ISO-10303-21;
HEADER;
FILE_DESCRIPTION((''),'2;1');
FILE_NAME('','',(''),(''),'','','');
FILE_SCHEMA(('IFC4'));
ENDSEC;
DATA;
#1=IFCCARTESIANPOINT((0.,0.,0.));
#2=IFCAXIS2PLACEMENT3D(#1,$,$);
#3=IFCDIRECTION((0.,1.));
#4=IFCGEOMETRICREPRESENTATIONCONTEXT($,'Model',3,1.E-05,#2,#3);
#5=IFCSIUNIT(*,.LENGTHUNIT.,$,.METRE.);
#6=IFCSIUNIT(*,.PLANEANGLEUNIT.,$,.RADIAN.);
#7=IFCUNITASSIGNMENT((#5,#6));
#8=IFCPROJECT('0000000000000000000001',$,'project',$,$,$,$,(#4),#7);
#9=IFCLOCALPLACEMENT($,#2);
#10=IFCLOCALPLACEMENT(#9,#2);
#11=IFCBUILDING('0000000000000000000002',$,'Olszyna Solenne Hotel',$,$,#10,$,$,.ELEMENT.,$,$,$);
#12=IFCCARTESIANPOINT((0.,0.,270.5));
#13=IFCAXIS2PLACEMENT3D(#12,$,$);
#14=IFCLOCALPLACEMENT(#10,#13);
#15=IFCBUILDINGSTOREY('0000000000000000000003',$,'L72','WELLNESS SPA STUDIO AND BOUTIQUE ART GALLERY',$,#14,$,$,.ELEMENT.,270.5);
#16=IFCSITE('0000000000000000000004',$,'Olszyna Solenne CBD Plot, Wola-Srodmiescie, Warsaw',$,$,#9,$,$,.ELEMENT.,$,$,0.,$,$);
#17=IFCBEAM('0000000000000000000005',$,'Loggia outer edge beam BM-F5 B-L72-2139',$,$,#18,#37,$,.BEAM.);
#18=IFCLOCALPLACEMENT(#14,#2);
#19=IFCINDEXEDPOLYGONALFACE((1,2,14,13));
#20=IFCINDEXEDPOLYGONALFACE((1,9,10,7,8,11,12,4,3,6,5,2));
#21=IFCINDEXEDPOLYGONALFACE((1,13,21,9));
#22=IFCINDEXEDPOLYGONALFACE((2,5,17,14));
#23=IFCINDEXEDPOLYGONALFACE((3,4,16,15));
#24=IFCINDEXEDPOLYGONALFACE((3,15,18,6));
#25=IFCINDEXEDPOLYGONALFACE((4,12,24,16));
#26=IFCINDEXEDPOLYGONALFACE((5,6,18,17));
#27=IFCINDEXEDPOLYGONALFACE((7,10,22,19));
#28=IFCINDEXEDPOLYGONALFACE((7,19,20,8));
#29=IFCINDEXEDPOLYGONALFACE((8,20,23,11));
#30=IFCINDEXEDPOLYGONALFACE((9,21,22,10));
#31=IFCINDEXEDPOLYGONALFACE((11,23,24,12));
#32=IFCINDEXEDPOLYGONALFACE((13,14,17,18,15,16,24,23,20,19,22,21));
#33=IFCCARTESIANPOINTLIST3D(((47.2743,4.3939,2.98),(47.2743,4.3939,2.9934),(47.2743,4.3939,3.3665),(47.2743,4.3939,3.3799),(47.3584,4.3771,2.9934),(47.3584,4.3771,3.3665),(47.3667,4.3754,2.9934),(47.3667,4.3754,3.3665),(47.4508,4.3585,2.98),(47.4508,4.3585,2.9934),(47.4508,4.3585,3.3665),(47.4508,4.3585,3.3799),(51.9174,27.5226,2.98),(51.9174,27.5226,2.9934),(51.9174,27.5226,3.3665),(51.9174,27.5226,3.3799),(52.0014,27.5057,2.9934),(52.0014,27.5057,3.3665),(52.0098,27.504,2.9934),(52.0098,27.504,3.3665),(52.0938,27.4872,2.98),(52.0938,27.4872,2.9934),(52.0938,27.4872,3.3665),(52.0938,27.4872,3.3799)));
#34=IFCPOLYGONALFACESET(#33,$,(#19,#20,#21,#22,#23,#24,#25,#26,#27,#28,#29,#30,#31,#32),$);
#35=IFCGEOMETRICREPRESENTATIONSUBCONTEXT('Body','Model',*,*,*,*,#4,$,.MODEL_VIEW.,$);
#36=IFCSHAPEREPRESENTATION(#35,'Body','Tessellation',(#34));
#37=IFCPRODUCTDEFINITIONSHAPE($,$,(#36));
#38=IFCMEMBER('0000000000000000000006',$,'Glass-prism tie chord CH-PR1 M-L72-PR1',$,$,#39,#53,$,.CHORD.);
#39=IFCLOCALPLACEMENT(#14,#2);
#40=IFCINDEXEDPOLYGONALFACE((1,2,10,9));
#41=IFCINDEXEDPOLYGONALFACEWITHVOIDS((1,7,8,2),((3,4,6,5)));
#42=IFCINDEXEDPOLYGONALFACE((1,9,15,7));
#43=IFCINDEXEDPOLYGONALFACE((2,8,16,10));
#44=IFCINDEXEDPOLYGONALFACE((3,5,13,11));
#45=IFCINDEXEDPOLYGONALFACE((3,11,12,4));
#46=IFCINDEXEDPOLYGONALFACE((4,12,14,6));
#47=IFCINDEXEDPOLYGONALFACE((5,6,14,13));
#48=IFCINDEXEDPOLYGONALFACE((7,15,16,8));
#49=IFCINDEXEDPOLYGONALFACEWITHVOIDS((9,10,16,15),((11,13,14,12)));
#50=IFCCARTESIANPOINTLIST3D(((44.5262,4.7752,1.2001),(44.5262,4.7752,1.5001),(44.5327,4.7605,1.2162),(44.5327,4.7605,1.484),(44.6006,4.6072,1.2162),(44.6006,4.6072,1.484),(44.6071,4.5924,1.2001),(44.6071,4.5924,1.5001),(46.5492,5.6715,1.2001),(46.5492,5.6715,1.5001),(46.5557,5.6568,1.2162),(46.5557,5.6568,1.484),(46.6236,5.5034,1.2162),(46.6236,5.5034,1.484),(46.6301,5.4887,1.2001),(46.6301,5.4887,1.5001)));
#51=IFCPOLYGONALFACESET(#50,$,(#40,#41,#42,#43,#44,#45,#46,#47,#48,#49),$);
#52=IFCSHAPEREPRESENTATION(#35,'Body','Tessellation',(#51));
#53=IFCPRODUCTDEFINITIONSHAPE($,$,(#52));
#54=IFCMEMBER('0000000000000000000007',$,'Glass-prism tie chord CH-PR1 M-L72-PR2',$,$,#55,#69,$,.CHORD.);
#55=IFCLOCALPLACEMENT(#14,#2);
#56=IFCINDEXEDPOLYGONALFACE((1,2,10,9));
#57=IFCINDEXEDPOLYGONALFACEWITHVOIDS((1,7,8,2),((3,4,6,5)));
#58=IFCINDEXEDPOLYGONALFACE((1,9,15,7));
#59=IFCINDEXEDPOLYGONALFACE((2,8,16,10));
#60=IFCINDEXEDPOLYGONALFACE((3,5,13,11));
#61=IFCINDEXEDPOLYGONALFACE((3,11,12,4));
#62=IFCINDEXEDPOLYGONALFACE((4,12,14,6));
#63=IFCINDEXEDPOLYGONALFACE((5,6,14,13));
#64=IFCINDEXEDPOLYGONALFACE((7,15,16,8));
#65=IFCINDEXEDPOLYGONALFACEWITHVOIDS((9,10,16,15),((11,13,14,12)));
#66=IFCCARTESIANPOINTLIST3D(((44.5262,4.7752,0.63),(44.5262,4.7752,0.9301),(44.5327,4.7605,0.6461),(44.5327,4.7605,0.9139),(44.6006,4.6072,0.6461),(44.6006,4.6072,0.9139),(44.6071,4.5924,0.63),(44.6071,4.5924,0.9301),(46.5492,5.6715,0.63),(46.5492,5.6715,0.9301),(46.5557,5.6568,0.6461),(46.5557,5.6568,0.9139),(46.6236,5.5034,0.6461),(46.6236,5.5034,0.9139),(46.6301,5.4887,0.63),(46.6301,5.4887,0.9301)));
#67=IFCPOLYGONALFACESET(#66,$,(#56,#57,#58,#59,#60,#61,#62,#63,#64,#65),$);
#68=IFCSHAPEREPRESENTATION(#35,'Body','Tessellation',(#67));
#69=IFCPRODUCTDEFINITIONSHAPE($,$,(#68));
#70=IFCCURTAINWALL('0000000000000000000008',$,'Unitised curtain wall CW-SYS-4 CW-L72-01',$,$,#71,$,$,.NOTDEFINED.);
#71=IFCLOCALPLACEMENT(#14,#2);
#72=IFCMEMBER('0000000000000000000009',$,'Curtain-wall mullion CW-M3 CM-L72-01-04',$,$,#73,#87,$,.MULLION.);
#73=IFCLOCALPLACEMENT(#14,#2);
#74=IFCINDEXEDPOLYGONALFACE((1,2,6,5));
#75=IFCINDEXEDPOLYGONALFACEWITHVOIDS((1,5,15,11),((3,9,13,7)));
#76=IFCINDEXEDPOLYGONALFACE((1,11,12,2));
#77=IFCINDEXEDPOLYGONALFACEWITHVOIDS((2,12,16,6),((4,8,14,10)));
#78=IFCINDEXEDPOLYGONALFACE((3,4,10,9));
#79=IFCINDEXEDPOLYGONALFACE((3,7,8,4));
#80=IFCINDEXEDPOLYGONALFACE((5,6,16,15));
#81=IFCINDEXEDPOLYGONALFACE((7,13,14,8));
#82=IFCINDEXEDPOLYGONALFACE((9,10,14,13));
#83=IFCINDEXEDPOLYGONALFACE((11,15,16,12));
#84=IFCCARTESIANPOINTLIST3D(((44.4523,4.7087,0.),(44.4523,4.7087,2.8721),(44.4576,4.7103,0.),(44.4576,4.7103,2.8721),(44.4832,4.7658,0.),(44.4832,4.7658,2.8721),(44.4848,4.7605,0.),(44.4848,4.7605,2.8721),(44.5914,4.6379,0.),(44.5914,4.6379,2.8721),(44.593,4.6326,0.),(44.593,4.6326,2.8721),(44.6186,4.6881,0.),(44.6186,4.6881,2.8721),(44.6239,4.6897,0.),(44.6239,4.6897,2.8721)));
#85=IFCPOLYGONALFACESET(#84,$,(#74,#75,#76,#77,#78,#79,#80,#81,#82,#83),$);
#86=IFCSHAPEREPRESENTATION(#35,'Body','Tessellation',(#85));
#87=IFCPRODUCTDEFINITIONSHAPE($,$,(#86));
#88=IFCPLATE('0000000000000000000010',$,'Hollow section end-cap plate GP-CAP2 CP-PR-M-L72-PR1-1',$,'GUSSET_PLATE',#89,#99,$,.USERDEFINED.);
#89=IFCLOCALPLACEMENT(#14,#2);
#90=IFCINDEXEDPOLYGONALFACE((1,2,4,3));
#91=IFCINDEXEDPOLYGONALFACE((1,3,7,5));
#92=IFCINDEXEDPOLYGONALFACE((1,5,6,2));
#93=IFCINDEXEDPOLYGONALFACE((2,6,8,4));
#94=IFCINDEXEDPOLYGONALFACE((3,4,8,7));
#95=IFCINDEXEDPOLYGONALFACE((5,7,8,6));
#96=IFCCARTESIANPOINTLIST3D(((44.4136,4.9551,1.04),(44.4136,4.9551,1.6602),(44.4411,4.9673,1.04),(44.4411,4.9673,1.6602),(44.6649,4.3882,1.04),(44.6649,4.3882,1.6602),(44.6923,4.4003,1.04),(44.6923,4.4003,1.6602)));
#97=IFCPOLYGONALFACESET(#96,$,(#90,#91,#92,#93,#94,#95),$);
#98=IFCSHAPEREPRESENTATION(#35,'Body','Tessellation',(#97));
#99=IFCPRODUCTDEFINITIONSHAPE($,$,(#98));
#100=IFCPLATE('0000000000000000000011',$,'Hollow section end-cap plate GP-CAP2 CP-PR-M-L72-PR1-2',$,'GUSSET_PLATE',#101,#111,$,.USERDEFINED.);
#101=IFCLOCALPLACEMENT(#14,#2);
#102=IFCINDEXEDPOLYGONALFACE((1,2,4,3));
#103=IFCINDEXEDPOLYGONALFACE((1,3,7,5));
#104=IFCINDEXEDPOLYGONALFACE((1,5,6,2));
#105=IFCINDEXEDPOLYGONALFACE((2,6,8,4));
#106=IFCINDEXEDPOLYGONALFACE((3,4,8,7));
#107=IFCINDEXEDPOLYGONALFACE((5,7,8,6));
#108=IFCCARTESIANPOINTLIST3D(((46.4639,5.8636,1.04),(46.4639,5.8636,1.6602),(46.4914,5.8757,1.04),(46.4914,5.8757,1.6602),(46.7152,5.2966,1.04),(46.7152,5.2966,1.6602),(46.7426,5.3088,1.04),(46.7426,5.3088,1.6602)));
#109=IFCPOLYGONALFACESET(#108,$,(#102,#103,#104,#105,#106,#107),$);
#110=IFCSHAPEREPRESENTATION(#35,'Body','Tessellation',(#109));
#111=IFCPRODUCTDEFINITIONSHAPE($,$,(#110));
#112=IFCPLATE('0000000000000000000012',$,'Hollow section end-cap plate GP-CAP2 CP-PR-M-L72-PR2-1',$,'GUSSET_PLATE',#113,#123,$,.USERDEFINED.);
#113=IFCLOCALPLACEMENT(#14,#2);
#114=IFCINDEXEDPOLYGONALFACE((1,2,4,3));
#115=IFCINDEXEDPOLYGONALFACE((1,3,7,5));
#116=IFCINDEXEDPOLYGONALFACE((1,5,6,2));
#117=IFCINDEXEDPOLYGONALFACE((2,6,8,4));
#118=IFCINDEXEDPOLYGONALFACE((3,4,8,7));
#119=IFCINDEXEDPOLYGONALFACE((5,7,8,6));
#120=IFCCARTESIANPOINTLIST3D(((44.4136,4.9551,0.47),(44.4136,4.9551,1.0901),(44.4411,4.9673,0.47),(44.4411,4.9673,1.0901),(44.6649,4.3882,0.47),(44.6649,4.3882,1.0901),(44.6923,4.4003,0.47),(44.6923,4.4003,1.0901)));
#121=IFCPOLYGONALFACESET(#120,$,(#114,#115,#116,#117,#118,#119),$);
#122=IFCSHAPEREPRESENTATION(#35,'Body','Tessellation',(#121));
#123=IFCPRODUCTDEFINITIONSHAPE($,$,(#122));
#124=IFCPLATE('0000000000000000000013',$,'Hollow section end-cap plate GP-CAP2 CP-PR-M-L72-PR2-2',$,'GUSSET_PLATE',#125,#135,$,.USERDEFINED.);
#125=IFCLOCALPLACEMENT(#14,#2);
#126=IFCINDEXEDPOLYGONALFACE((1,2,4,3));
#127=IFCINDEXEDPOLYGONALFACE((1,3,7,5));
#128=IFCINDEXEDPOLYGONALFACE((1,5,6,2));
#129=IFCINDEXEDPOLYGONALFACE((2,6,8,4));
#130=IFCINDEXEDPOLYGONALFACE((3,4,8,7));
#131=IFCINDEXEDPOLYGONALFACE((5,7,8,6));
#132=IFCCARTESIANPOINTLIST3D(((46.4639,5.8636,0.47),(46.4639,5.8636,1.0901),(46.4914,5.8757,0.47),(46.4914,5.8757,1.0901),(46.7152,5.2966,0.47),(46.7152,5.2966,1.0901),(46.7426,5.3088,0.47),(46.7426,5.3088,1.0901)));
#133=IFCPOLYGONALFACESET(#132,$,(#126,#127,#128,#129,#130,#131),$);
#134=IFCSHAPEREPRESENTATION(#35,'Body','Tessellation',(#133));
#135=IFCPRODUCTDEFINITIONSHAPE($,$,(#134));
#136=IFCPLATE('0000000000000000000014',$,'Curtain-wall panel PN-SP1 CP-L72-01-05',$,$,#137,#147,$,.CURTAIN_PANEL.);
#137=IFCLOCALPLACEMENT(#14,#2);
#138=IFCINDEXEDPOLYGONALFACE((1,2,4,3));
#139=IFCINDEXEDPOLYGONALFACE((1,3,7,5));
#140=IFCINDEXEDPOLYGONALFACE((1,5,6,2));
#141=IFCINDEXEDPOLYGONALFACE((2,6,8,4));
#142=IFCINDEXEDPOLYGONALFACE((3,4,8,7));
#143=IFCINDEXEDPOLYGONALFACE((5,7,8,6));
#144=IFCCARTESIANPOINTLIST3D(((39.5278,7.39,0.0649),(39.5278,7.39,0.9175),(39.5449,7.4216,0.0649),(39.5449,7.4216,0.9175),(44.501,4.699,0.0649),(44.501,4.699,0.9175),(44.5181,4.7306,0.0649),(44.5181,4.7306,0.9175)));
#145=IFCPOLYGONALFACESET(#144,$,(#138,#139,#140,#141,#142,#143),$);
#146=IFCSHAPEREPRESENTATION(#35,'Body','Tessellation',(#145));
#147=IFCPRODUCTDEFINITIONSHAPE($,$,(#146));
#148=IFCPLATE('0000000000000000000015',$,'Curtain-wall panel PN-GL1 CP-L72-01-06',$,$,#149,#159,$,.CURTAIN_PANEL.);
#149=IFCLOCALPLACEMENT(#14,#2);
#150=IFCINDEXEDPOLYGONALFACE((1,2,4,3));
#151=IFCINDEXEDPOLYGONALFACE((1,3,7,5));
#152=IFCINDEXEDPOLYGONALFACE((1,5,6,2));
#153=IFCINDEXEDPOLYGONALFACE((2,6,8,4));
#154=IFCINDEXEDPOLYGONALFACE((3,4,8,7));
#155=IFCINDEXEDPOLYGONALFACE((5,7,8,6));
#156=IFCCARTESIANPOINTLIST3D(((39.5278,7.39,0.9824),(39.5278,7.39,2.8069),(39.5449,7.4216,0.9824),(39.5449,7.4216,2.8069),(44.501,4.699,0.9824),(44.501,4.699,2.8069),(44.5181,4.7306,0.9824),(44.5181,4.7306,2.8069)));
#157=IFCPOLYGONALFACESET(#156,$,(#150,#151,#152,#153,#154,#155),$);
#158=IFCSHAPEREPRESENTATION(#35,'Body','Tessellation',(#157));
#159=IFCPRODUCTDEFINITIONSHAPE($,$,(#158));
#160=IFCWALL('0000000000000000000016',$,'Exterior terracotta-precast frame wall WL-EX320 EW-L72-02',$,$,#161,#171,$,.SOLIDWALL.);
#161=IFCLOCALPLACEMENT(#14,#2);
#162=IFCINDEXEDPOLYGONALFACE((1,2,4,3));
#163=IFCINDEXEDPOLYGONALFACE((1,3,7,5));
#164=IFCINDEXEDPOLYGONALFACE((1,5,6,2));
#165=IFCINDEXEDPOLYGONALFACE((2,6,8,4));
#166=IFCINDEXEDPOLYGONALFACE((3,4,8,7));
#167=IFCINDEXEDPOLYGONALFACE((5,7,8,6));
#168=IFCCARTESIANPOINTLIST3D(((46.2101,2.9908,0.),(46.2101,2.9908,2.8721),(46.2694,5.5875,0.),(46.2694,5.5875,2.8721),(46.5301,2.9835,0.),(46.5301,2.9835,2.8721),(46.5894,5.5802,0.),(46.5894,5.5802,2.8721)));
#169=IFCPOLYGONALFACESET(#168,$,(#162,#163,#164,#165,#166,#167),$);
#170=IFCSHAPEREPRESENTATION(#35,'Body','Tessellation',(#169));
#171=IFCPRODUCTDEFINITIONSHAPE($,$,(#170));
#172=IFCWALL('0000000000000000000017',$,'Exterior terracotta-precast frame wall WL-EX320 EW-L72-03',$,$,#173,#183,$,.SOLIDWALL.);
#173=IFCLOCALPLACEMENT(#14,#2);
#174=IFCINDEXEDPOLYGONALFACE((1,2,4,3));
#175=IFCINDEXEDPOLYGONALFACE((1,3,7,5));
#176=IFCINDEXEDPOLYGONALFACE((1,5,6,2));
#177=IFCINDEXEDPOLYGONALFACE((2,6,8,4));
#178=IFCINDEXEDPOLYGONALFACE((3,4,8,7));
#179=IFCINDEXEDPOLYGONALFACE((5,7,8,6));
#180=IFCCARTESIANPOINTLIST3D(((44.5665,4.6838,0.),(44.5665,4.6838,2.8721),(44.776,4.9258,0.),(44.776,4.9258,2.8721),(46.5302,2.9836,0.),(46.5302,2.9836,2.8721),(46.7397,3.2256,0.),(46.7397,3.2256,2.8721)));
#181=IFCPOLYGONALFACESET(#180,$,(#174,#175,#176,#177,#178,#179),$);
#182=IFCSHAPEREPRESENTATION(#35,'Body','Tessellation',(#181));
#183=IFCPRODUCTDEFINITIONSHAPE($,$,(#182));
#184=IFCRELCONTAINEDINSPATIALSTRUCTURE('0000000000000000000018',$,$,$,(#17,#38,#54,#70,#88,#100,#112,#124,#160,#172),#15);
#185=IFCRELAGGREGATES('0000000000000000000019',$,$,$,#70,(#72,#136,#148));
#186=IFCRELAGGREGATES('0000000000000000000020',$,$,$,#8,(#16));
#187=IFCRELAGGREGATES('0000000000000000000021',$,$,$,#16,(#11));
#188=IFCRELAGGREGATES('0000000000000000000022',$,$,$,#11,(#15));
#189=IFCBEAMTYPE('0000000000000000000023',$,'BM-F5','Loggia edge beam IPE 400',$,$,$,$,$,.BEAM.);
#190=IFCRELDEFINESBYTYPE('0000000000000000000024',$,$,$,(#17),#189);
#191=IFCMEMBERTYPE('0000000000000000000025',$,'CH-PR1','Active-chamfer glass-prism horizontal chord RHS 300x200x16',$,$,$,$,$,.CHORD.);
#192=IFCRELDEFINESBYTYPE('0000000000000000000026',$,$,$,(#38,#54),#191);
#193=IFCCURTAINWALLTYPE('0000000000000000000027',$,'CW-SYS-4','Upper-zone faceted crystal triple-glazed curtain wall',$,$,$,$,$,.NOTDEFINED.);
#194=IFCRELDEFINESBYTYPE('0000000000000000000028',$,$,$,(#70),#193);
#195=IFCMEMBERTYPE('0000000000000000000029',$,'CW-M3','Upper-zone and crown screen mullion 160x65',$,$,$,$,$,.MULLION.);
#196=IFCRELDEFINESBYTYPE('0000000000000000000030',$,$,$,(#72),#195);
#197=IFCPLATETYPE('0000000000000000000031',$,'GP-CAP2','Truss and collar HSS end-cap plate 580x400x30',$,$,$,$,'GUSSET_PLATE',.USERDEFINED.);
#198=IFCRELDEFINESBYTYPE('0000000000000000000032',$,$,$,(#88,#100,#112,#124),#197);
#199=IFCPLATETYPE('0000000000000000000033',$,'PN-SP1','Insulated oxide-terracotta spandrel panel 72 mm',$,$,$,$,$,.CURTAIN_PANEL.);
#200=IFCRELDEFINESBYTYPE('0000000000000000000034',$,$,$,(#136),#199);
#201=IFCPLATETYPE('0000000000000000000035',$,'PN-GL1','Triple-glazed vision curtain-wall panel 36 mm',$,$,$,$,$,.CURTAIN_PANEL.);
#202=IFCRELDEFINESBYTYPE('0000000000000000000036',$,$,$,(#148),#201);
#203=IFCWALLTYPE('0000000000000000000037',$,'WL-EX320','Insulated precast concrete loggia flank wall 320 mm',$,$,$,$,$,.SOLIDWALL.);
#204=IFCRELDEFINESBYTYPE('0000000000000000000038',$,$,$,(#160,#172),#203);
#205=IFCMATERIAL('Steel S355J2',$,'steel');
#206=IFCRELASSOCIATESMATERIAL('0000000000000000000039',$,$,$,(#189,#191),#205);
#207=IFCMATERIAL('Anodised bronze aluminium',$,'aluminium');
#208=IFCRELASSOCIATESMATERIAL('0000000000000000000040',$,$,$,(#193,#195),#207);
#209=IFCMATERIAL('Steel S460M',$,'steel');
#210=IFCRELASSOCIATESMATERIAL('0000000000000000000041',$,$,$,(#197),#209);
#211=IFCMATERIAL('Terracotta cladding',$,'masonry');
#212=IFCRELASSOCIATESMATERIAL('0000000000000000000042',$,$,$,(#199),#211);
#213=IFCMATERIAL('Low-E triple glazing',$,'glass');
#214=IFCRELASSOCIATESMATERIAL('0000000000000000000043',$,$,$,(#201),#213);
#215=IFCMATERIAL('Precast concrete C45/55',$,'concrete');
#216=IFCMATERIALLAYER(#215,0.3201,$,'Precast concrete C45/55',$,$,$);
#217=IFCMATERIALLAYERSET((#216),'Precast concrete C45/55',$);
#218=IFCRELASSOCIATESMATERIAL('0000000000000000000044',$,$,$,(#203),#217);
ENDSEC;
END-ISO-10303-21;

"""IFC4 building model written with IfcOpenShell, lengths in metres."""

from ifc_helpers import new_model, si_unit, direction, frame, frame_2d, origin, origin_2d, place, context, subcontext, project, spatial, rectangle, hollow_rectangle, i_section, extrude, source, transform, mapped, material, layer, layer_set, material_profile, profile_set, type_object, element, aggregate, save


model = new_model("IFC4")

# Units and contexts
model_context = context("Model", 3, precision=1e-05, world=origin(), true_north=direction((0.0, 1.0)))
body_context = subcontext(model_context, "Body", "Model", "MODEL_VIEW")
ifc_project = project(units=[si_unit("LENGTHUNIT", "METRE"), si_unit("PLANEANGLEUNIT", "RADIAN")], contexts=[model_context])

# Site, building, storey
site_placement = place(None, origin())
site = spatial("IfcSite", under=ifc_project, at=site_placement, Name="Olszyna Solenne CBD Plot, Wola-Srodmiescie, Warsaw", CompositionType="ELEMENT", RefElevation=0.0)
building_placement = place(site_placement, origin())
building = spatial("IfcBuilding", under=site, at=building_placement, Name="Olszyna Solenne Hotel", CompositionType="ELEMENT")
storey_placement = place(building_placement, frame((0.0, 0.0, 270.5)))
storey = spatial("IfcBuildingStorey", under=building, at=storey_placement, Name="L72", Description="WELLNESS SPA STUDIO AND BOUTIQUE ART GALLERY", CompositionType="ELEMENT", Elevation=270.5)

# Shared definitions
ifc_material_1 = material(Name="Steel S460M", Category="steel")

# Beam
ifc_material_2 = material(Name="Steel S355J2", Category="steel")
ifc_material_profile_1 = material_profile(ifc_material_2, i_section(OverallWidth=0.1799, OverallDepth=0.3999, WebThickness=0.0085, FlangeThickness=0.0134, at=origin_2d()), Name="IPE 400", Category="load-bearing")
ifc_profile_set_1 = profile_set([ifc_material_profile_1], Name="Steel S355J2")
beam_type_1 = type_object("IfcBeamType", Name="BM-F5", Description="Loggia edge beam IPE 400", PredefinedType="BEAM", material=ifc_profile_set_1)
shared_shape_1 = source(origin(), body_context, "Body", "SweptSolid", [
    extrude(i_section(OverallWidth=0.1799, OverallDepth=0.3999, WebThickness=0.0085, FlangeThickness=0.0134, at=origin_2d()), origin(), (0.0, 0.0, 1.0), 23.5901),
])
beam_1_placement = place(storey_placement, frame((47.3625, 4.3762, 3.1799), z_axis=(0.196823, 0.980439, 0.0), x_axis=(-0.980439, 0.196823, 0.0)))
element("IfcBeam", 1, at=beam_1_placement, inside=storey, type_object=beam_type_1, Name="Loggia outer edge beam BM-F5 B-L72-2139", PredefinedType="BEAM", context=body_context, shape_type="MappedRepresentation", body=[
    mapped(shared_shape_1, transform((0.0, 0.0, 0.0), x_axis=(1.0, 0.0, 0.0), y_axis=(0.0, 1.0, 0.0), z_axis=(0.0, 0.0, 1.0), scale=1.0)),
])

# Members
ifc_material_profile_2 = material_profile(ifc_material_2, hollow_rectangle(XDim=0.2, YDim=0.3, WallThickness=0.0161, at=origin_2d()), Name="RHS 300x200x16", Category="load-bearing")
ifc_profile_set_2 = profile_set([ifc_material_profile_2], Name="Steel S355J2")
member_type_1 = type_object("IfcMemberType", Name="CH-PR1", Description="Active-chamfer glass-prism horizontal chord RHS 300x200x16", PredefinedType="CHORD", material=ifc_profile_set_2)
shared_shape_2 = source(origin(), body_context, "Body", "SweptSolid", [
    extrude(hollow_rectangle(XDim=0.2, YDim=0.3, WallThickness=0.0161, at=origin_2d()), origin(), (0.0, 0.0, 1.0), 2.2126),
])
for number, where, z_axis, x_axis, name in (
    (2, (44.5667, 4.6838, 1.3501), (0.914289, 0.405063, 0.0), (-0.405063, 0.914289, 0.0), "Glass-prism tie chord CH-PR1 M-L72-PR1"),
    (3, (44.5667, 4.6838, 0.78), (0.914289, 0.405063, 0.0), (-0.405063, 0.914289, 0.0), "Glass-prism tie chord CH-PR1 M-L72-PR2"),
):
    element("IfcMember", number, at=place(storey_placement, frame(where, z_axis=z_axis, x_axis=x_axis)), inside=storey, type_object=member_type_1, Name=name, PredefinedType="CHORD", context=body_context, shape_type="MappedRepresentation", body=[
        mapped(shared_shape_2, transform((0.0, 0.0, 0.0), x_axis=(1.0, 0.0, 0.0), y_axis=(0.0, 1.0, 0.0), z_axis=(0.0, 0.0, 1.0), scale=1.0)),
    ])

# Curtain wall, member
ifc_material_3 = material(Name="Anodised bronze aluminium", Category="aluminium")
curtain_wall_type = type_object("IfcCurtainWallType", Name="CW-SYS-4", Description="Upper-zone faceted crystal triple-glazed curtain wall", PredefinedType="NOTDEFINED", material=ifc_material_3)
curtain_wall_placement = place(storey_placement, origin())
curtain_wall = element("IfcCurtainWall", 4, at=curtain_wall_placement, inside=storey, type_object=curtain_wall_type, Name="Unitised curtain wall CW-SYS-4 CW-L72-01", PredefinedType="NOTDEFINED")
ifc_material_profile_3 = material_profile(ifc_material_3, hollow_rectangle(XDim=0.0649, YDim=0.1599, WallThickness=0.0039, at=origin_2d()), Name="MULL 160x65x4", Category="load-bearing")
ifc_profile_set_3 = profile_set([ifc_material_profile_3], Name="Anodised bronze aluminium")
member_type_2 = type_object("IfcMemberType", Name="CW-M3", Description="Upper-zone and crown screen mullion 160x65", PredefinedType="MULLION", material=ifc_profile_set_3)
shared_shape_3 = source(origin(), body_context, "Body", "SweptSolid", [
    extrude(hollow_rectangle(XDim=0.0649, YDim=0.1599, WallThickness=0.0039, at=origin_2d()), origin(), (0.0, 0.0, 1.0), 2.8721),
])
member_placement = place(storey_placement, frame((44.5381, 4.6992, 0.0), z_axis=(0.0, 0.0, 1.0), x_axis=(0.475904, 0.879497, 0.0)))
member = element("IfcMember", 5, at=member_placement, type_object=member_type_2, Name="Curtain-wall mullion CW-M3 CM-L72-01-04", PredefinedType="MULLION", context=body_context, shape_type="MappedRepresentation", body=[
    mapped(shared_shape_3, transform((0.0, 0.0, 0.0), x_axis=(1.0, 0.0, 0.0), y_axis=(0.0, 1.0, 0.0), z_axis=(0.0, 0.0, 1.0), scale=1.0)),
])

# Plates
plate_type_1 = type_object("IfcPlateType", Name="GP-CAP2", Description="Truss and collar HSS end-cap plate 580x400x30", ElementType="GUSSET_PLATE", PredefinedType="USERDEFINED", material=ifc_material_1)
shared_shape_4 = source(origin(), body_context, "Body", "SweptSolid", [
    extrude(rectangle(XDim=0.03, YDim=0.6201, at=origin_2d()), origin(), (0.0, 0.0, 1.0), 0.6201),
])
for number, where, z_axis, x_axis, name in (
    (6, (44.553, 4.6777, 1.04), (0.0, 0.0, 1.0), (0.914254, 0.405142, 0.0), "Hollow section end-cap plate GP-CAP2 CP-PR-M-L72-PR1-1"),
    (7, (46.6033, 5.5862, 1.04), (0.0, 0.0, 1.0), (0.914254, 0.405142, 0.0), "Hollow section end-cap plate GP-CAP2 CP-PR-M-L72-PR1-2"),
    (8, (44.553, 4.6777, 0.47), (0.0, 0.0, 1.0), (0.914254, 0.405142, 0.0), "Hollow section end-cap plate GP-CAP2 CP-PR-M-L72-PR2-1"),
    (9, (46.6033, 5.5862, 0.47), (0.0, 0.0, 1.0), (0.914254, 0.405142, 0.0), "Hollow section end-cap plate GP-CAP2 CP-PR-M-L72-PR2-2"),
):
    element("IfcPlate", number, at=place(storey_placement, frame(where, z_axis=z_axis, x_axis=x_axis)), inside=storey, type_object=plate_type_1, Name=name, ObjectType="GUSSET_PLATE", PredefinedType="USERDEFINED", context=body_context, shape_type="MappedRepresentation", body=[
        mapped(shared_shape_4, transform((0.0, 0.0, 0.0), x_axis=(1.0, 0.0, 0.0), y_axis=(0.0, 1.0, 0.0), z_axis=(0.0, 0.0, 1.0), scale=1.0)),
    ])

# Plates
ifc_material_4 = material(Name="Terracotta cladding", Category="masonry")
plate_type_2 = type_object("IfcPlateType", Name="PN-SP1", Description="Insulated oxide-terracotta spandrel panel 72 mm", PredefinedType="CURTAIN_PANEL", material=ifc_material_4)
shared_shape_5 = source(origin(), body_context, "Body", "SweptSolid", [
    extrude(rectangle(XDim=5.6545, YDim=0.0359, at=origin_2d()), origin(), (0.0, 0.0, 1.0), 0.8525),
])
plate_1_placement = place(storey_placement, frame((42.0229, 6.0603, 0.0649), z_axis=(0.0, 0.0, 1.0), x_axis=(0.879497, -0.475904, 0.0)))
plate_1 = element("IfcPlate", 10, at=plate_1_placement, type_object=plate_type_2, Name="Curtain-wall panel PN-SP1 CP-L72-01-05", PredefinedType="CURTAIN_PANEL", context=body_context, shape_type="MappedRepresentation", body=[
    mapped(shared_shape_5, transform((0.0, 0.0, 0.0), x_axis=(1.0, 0.0, 0.0), y_axis=(0.0, 1.0, 0.0), z_axis=(0.0, 0.0, 1.0), scale=1.0)),
])
ifc_material_5 = material(Name="Low-E triple glazing", Category="glass")
plate_type_3 = type_object("IfcPlateType", Name="PN-GL1", Description="Triple-glazed vision curtain-wall panel 36 mm", PredefinedType="CURTAIN_PANEL", material=ifc_material_5)
shared_shape_6 = source(origin(), body_context, "Body", "SweptSolid", [
    extrude(rectangle(XDim=5.6545, YDim=0.0359, at=origin_2d()), origin(), (0.0, 0.0, 1.0), 1.8245),
])
plate_2_placement = place(storey_placement, frame((42.0229, 6.0603, 0.9824), z_axis=(0.0, 0.0, 1.0), x_axis=(0.879497, -0.475904, 0.0)))
plate_2 = element("IfcPlate", 11, at=plate_2_placement, type_object=plate_type_3, Name="Curtain-wall panel PN-GL1 CP-L72-01-06", PredefinedType="CURTAIN_PANEL", context=body_context, shape_type="MappedRepresentation", body=[
    mapped(shared_shape_6, transform((0.0, 0.0, 0.0), x_axis=(1.0, 0.0, 0.0), y_axis=(0.0, 1.0, 0.0), z_axis=(0.0, 0.0, 1.0), scale=1.0)),
])
aggregate(curtain_wall, [member, plate_1, plate_2])

# Walls
ifc_material_6 = material(Name="Precast concrete C45/55", Category="concrete")
ifc_layer_1 = layer(ifc_material_6, 0.3201, Name="Precast concrete C45/55")
ifc_layer_set_1 = layer_set([ifc_layer_1], Name="Precast concrete C45/55")
wall_type_1 = type_object("IfcWallType", Name="WL-EX320", Description="Insulated precast concrete loggia flank wall 320 mm", PredefinedType="SOLIDWALL", material=ifc_layer_set_1)
for number, where, z_axis, x_axis, name in (
    (12, (46.4294, 5.584, 0.0), (0.0, 0.0, 1.0), (-0.022841, -0.999739, 0.0), "Exterior terracotta-precast frame wall WL-EX320 EW-L72-02"),
    (13, (46.635, 3.1045, 0.0), (0.0, 0.0, 1.0), (-0.755996, 0.654576, 0.0), "Exterior terracotta-precast frame wall WL-EX320 EW-L72-03"),
):
    element("IfcWall", number, at=place(storey_placement, frame(where, z_axis=z_axis, x_axis=x_axis)), inside=storey, type_object=wall_type_1, Name=name, PredefinedType="SOLIDWALL", context=body_context, shape_type="SweptSolid", body=[
        extrude(rectangle(XDim=2.5974, YDim=0.3201, at=frame_2d((1.2988, 0.0))), origin(), (0.0, 0.0, 1.0), 2.8721),
    ])

save(model, "model.ifc")
